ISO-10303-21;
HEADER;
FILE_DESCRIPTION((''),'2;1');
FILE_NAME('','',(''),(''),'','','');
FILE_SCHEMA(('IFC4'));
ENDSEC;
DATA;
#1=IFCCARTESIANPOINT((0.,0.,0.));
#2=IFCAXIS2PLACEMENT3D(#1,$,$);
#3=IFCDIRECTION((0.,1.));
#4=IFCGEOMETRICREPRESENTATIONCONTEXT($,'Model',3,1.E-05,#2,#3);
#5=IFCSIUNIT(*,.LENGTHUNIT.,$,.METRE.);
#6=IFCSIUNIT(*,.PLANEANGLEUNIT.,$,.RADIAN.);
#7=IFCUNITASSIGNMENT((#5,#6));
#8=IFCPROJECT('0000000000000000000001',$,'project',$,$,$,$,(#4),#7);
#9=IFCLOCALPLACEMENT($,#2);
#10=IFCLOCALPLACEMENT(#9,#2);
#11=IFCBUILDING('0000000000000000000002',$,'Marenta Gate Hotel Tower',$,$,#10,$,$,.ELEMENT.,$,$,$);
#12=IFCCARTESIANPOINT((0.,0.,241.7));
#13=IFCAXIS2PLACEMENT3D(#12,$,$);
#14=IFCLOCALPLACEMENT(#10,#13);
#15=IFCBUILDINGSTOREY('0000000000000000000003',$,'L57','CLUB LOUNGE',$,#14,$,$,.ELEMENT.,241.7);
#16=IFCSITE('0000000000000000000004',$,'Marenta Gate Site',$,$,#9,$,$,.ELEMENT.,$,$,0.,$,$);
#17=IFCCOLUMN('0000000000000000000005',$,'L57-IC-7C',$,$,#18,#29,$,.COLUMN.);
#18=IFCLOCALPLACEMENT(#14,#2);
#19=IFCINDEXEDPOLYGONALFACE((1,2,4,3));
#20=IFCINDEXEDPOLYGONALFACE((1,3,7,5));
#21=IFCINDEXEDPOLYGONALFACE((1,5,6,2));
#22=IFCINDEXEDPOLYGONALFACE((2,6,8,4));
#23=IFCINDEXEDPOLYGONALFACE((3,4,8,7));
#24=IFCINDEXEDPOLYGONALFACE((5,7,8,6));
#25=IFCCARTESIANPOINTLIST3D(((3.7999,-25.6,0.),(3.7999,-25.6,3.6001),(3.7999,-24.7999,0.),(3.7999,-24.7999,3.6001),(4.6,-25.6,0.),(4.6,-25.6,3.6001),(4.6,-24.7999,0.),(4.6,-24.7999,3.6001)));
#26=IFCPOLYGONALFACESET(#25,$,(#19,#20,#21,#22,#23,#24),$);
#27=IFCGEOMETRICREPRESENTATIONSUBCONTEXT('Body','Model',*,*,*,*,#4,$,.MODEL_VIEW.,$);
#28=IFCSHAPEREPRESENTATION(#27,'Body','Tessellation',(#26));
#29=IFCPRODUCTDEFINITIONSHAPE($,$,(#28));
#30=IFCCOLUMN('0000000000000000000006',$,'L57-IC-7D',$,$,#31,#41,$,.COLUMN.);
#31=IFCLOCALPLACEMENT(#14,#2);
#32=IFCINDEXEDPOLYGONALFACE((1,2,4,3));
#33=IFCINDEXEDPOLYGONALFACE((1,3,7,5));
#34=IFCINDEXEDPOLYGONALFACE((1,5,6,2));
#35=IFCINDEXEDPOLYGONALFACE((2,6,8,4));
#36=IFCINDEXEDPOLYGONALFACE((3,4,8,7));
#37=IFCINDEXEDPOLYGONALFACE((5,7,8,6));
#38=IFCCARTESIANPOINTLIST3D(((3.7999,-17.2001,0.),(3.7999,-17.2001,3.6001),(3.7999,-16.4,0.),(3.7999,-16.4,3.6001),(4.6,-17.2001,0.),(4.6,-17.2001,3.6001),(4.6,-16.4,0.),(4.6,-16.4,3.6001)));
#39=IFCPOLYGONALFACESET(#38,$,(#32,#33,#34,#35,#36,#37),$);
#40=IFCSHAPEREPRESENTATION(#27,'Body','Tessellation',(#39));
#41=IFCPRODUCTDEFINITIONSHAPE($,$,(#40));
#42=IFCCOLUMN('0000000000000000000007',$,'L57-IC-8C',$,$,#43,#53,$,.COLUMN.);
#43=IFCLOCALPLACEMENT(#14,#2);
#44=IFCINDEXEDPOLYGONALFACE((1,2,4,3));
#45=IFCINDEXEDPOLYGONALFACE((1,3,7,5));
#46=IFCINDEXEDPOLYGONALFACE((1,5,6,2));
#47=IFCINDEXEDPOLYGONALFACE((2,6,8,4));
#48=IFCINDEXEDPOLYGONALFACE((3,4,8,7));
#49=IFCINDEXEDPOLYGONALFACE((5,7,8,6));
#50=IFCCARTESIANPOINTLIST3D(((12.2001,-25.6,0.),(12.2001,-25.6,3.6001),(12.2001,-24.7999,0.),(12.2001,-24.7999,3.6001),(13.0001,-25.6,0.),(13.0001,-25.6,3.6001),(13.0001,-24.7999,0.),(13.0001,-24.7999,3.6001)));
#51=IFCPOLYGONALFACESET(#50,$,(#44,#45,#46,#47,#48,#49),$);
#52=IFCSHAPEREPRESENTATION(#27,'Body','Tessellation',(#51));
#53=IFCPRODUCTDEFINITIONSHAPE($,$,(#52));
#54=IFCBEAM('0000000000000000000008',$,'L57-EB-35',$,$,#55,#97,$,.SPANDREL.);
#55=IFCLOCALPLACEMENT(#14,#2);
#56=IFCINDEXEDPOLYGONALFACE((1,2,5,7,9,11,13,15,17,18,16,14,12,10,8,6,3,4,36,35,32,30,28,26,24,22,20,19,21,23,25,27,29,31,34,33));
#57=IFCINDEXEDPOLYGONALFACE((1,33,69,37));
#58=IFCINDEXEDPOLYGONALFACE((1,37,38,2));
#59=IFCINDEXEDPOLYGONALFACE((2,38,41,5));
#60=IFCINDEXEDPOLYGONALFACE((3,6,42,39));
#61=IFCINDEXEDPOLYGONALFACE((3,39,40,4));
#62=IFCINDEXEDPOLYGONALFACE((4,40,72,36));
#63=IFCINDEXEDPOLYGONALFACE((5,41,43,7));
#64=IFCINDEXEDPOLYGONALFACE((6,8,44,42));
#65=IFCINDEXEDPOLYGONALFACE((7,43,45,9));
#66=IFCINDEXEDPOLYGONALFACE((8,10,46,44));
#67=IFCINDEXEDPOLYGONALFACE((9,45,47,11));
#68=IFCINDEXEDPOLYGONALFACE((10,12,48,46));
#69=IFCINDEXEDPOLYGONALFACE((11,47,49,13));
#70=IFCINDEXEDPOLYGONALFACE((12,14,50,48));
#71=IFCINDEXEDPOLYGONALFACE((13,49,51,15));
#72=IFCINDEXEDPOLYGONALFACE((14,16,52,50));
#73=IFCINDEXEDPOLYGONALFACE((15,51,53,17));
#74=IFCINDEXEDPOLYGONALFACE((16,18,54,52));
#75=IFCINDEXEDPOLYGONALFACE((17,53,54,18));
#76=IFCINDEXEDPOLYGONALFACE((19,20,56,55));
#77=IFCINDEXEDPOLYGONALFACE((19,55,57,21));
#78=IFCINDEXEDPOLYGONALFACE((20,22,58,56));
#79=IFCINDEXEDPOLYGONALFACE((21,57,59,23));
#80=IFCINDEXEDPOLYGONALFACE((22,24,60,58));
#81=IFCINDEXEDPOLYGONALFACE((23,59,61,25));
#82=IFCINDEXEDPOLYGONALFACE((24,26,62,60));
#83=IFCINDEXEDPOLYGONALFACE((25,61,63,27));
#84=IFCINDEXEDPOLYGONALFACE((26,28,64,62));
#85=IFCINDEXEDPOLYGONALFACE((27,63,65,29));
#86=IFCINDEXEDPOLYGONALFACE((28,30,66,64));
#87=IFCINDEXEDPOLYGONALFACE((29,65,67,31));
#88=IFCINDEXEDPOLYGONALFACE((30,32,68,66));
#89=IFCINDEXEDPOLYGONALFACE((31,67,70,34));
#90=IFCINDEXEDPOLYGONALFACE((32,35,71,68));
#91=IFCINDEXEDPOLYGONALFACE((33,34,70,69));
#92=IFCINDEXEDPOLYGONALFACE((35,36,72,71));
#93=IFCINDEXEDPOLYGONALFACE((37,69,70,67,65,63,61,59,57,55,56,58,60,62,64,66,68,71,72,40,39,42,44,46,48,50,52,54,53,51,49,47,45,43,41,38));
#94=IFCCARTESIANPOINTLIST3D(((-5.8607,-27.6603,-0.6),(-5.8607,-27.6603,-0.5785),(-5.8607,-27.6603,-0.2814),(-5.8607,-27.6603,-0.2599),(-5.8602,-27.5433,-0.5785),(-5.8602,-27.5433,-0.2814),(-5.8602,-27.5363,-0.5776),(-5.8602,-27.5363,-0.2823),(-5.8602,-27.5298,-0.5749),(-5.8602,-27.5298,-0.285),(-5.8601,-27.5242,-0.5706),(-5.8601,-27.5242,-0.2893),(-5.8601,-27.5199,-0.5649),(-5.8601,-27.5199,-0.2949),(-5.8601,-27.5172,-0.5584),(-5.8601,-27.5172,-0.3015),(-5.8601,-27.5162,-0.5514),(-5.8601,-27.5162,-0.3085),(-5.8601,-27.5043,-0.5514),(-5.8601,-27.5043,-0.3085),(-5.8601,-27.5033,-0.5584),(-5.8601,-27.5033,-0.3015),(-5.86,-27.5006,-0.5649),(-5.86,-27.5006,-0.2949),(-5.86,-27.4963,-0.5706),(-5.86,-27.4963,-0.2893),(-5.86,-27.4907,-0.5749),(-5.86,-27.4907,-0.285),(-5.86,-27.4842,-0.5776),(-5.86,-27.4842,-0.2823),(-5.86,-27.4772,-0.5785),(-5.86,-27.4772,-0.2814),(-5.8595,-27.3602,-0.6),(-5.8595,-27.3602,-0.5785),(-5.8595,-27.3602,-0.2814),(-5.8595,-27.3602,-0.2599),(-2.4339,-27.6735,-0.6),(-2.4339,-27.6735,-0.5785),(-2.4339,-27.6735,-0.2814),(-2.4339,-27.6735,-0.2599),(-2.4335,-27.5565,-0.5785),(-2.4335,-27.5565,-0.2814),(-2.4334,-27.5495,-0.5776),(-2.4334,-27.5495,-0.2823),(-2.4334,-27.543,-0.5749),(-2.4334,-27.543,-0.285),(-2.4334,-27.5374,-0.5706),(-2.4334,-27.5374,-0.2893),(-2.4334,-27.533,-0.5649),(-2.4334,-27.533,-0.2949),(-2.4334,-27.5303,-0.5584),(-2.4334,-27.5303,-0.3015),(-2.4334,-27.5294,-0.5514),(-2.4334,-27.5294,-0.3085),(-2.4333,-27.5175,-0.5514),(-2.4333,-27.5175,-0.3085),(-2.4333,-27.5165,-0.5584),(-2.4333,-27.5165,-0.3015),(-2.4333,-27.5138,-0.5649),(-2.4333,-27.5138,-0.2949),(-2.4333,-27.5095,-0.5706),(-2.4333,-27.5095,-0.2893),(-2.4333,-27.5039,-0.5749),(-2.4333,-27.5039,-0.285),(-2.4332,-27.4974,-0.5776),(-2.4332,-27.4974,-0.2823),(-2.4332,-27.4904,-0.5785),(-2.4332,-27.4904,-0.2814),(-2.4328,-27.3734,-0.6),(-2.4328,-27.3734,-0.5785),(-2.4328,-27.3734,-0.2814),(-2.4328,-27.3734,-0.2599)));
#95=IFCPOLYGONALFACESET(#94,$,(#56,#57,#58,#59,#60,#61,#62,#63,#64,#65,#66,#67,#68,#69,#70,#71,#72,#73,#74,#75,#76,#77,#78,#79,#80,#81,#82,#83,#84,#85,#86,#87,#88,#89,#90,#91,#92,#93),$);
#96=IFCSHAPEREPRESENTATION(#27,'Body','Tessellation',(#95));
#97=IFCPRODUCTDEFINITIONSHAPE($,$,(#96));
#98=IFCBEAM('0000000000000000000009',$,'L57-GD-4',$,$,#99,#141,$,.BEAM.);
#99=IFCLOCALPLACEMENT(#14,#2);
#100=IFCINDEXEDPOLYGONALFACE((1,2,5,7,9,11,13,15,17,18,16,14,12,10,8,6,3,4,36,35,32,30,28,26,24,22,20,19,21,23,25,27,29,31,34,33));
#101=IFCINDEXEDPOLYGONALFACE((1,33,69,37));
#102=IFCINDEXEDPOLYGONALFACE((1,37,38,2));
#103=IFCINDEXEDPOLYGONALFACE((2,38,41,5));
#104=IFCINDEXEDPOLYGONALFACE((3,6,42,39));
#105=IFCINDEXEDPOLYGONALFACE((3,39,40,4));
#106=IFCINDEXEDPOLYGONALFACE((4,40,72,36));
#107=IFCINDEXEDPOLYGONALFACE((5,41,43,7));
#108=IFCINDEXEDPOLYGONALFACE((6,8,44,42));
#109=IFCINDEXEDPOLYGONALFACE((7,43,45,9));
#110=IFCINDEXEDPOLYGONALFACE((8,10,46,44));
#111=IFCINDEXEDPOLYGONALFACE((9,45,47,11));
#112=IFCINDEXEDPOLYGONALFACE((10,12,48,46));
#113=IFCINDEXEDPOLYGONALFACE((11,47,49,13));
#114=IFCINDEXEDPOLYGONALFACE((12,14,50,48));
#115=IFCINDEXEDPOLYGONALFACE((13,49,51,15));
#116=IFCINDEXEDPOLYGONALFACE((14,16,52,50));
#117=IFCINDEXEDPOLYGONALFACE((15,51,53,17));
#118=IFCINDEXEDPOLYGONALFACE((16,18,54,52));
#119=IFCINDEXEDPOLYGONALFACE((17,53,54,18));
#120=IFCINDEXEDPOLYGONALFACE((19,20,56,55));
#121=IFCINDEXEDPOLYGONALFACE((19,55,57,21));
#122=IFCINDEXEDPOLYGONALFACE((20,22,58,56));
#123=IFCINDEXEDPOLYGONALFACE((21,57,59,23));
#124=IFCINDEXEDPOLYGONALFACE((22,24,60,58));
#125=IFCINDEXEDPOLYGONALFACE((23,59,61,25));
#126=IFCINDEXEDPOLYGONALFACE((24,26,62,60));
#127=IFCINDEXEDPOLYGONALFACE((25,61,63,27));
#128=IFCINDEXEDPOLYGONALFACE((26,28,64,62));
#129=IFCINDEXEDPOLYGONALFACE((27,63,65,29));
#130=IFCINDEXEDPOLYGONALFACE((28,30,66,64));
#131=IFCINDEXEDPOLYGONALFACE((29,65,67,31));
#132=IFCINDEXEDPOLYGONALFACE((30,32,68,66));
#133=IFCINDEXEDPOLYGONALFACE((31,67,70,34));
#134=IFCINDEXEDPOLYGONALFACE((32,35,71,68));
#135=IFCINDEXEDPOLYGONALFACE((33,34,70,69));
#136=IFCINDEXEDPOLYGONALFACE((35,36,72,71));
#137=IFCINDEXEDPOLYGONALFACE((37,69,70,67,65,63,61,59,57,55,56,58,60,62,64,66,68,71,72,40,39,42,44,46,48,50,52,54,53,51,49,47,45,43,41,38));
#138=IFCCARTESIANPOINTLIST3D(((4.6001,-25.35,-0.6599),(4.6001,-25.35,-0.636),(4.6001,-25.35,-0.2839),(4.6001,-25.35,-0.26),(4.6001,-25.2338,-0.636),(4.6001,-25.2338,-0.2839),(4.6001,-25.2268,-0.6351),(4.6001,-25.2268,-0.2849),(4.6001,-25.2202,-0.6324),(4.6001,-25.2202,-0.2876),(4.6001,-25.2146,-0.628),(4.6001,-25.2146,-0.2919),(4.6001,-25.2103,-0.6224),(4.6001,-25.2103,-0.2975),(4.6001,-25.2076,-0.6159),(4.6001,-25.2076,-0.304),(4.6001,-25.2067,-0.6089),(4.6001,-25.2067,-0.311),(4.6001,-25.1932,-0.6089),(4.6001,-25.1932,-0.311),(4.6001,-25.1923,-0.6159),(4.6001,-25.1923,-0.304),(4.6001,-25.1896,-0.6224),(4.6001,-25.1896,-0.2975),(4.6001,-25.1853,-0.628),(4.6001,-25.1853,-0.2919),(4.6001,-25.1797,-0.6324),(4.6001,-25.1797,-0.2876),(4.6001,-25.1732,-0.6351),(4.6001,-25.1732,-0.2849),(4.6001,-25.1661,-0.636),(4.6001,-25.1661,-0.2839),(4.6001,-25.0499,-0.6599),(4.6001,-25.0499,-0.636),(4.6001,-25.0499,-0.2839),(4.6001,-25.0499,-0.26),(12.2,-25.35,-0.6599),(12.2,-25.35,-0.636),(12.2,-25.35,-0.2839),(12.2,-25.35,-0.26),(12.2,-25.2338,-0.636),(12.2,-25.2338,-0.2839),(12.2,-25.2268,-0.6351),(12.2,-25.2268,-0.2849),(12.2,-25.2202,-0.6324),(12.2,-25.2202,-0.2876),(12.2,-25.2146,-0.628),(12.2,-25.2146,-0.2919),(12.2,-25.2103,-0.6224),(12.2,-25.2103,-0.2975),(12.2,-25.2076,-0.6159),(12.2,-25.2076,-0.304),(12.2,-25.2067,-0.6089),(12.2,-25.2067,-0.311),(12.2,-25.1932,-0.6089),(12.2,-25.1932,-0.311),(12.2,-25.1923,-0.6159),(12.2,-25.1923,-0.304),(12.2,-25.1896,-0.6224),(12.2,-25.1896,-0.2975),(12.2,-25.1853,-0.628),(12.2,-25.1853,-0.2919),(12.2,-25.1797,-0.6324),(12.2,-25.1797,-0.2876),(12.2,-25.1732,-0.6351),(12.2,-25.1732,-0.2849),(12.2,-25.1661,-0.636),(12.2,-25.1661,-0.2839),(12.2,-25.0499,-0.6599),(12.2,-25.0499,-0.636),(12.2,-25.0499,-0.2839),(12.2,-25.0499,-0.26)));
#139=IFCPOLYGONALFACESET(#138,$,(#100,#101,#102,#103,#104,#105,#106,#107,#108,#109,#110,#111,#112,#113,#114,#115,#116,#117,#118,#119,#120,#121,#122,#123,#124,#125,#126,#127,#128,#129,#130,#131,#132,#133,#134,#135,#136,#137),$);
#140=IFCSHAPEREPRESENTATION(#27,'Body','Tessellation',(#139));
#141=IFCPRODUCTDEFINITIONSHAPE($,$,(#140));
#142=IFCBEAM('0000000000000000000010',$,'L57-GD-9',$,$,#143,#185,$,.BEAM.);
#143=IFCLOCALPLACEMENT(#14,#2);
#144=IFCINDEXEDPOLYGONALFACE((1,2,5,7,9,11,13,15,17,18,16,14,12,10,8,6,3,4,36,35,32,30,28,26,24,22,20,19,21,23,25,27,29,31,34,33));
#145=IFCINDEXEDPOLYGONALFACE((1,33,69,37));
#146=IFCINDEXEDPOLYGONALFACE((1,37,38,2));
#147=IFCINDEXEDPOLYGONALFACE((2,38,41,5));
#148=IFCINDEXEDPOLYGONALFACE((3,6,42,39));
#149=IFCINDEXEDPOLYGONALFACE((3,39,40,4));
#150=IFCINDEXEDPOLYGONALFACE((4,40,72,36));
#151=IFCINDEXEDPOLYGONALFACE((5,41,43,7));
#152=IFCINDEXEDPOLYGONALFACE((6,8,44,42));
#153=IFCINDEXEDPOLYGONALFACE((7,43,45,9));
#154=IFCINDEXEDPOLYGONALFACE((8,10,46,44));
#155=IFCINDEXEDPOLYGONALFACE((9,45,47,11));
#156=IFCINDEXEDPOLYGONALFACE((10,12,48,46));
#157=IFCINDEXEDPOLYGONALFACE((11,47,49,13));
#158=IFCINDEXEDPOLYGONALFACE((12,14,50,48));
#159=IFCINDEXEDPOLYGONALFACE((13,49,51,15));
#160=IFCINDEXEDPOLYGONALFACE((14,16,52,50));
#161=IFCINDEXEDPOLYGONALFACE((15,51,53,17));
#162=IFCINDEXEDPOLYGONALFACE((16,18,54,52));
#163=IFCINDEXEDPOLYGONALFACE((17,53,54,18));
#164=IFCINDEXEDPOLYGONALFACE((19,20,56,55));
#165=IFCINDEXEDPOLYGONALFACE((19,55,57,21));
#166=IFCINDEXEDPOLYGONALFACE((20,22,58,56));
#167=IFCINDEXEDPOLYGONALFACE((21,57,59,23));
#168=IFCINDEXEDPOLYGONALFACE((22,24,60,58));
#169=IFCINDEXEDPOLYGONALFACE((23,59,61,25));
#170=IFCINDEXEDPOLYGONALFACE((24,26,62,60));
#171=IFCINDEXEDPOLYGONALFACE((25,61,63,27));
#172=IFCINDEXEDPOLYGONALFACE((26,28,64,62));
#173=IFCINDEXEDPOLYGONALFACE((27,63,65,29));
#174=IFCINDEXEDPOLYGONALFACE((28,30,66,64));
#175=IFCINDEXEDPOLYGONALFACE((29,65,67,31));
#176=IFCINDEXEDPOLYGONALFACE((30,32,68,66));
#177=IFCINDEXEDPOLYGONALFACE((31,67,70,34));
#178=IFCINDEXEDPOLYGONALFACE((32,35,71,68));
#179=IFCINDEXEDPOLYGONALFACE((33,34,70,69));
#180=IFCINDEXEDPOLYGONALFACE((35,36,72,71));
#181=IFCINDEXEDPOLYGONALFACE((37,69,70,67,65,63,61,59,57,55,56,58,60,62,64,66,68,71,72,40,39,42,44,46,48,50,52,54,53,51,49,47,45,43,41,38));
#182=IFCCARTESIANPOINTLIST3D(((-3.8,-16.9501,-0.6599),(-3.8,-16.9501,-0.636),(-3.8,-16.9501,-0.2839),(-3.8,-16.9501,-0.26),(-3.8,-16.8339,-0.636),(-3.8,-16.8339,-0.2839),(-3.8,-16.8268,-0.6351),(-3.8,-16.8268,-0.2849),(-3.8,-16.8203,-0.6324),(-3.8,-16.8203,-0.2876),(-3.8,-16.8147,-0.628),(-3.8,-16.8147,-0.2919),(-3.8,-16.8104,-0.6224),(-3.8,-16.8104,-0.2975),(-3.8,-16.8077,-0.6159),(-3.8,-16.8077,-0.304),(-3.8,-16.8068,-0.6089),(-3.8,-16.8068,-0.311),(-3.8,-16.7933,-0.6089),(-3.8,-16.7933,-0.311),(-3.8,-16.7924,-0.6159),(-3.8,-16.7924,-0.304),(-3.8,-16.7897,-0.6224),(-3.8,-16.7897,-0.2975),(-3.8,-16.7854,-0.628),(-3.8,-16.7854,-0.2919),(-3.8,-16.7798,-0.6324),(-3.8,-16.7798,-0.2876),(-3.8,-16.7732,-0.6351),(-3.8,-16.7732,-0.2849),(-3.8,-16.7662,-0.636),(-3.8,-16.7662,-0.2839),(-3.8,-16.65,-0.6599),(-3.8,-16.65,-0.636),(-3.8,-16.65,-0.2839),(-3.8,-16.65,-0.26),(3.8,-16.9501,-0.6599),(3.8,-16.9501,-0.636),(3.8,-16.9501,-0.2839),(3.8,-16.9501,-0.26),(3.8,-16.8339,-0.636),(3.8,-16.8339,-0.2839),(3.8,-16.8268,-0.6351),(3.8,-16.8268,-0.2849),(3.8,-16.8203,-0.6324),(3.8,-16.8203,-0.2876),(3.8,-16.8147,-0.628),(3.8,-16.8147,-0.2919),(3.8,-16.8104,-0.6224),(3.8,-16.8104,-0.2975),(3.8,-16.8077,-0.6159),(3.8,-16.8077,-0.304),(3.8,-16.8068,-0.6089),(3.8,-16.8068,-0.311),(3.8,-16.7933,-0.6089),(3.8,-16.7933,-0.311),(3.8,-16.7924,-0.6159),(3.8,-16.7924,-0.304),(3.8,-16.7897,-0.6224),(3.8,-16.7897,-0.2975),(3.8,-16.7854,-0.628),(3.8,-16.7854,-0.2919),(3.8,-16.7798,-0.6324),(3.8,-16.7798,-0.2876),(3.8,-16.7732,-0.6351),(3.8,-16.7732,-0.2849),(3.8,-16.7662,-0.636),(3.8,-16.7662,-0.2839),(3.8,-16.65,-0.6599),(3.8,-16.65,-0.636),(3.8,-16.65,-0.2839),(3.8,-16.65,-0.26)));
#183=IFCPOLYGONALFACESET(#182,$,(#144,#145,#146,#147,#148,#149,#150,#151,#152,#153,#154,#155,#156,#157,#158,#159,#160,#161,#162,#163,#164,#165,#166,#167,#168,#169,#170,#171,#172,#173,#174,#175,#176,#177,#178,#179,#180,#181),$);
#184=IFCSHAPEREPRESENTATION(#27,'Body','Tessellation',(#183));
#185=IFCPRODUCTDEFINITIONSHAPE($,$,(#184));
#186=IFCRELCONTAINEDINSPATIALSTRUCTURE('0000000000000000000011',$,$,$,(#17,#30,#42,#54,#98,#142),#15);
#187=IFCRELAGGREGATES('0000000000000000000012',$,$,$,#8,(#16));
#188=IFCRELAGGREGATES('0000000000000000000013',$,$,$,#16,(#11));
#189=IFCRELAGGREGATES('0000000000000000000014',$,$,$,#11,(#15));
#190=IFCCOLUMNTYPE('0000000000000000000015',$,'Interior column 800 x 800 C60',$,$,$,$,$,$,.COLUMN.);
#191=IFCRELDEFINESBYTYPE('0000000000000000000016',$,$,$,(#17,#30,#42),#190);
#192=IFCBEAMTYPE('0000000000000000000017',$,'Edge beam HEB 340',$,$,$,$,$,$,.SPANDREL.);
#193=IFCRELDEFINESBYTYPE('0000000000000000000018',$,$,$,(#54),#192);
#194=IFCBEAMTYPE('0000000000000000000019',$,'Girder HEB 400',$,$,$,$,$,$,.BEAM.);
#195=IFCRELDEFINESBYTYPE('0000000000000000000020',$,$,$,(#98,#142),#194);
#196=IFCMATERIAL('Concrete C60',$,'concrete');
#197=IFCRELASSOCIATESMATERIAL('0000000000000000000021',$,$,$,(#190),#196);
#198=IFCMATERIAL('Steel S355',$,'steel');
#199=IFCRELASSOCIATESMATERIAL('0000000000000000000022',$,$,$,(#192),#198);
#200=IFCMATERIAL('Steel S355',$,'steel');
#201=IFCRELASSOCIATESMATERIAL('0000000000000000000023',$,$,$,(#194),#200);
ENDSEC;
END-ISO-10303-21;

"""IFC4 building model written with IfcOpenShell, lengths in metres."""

from ifc_helpers import new_model, si_unit, direction, frame, origin, origin_2d, place, context, subcontext, project, spatial, rectangle, i_section, extrude, material, material_profile, profile_set, type_object, element, save


model = new_model("IFC4")

# Units and contexts
model_context = context("Model", 3, precision=1e-05, world=origin(), true_north=direction((0.0, 1.0)))
body_context = subcontext(model_context, "Body", "Model", "MODEL_VIEW")
ifc_project = project(units=[si_unit("LENGTHUNIT", "METRE"), si_unit("PLANEANGLEUNIT", "RADIAN")], contexts=[model_context])

# Site, building, storey
site_placement = place(None, origin())
site = spatial("IfcSite", under=ifc_project, at=site_placement, Name="Marenta Gate Site", CompositionType="ELEMENT", RefElevation=0.0)
building_placement = place(site_placement, origin())
building = spatial("IfcBuilding", under=site, at=building_placement, Name="Marenta Gate Hotel Tower", CompositionType="ELEMENT")
storey_placement = place(building_placement, frame((0.0, 0.0, 241.7)))
storey = spatial("IfcBuildingStorey", under=building, at=storey_placement, Name="L57", Description="CLUB LOUNGE", CompositionType="ELEMENT", Elevation=241.7)

# Columns
ifc_material_1 = material(Name="Concrete C60", Category="concrete")
ifc_material_profile_1 = material_profile(ifc_material_1, rectangle(XDim=0.8, YDim=0.8, at=origin_2d()), Name="800 x 800")
ifc_profile_set_1 = profile_set([ifc_material_profile_1], Name="Concrete C60")
column_type = type_object("IfcColumnType", Name="Interior column 800 x 800 C60", PredefinedType="COLUMN", material=ifc_profile_set_1)
for number, where, z_axis, x_axis, name in (
    (1, (4.2, -25.2, 0.0), (0.0, 0.0, 1.0), (1.0, 0.0, 0.0), "L57-IC-7C"),
    (2, (4.2, -16.8, 0.0), (0.0, 0.0, 1.0), (1.0, 0.0, 0.0), "L57-IC-7D"),
    (3, (12.6001, -25.2, 0.0), (0.0, 0.0, 1.0), (1.0, 0.0, 0.0), "L57-IC-8C"),
):
    element("IfcColumn", number, at=place(storey_placement, frame(where, z_axis=z_axis, x_axis=x_axis)), inside=storey, type_object=column_type, Name=name, PredefinedType="COLUMN", context=body_context, shape_type="SweptSolid", body=[
        extrude(rectangle(XDim=0.8, YDim=0.8, at=origin_2d()), origin(), (0.0, 0.0, 1.0), 3.6001),
    ])

# Beams
ifc_material_2 = material(Name="Steel S355", Category="steel")
ifc_material_profile_2 = material_profile(ifc_material_2, i_section(OverallWidth=0.3, OverallDepth=0.3401, WebThickness=0.012, FlangeThickness=0.0215, FilletRadius=0.0271, at=origin_2d()), Name="HEB 340")
ifc_profile_set_2 = profile_set([ifc_material_profile_2], Name="Steel S355")
beam_type_1 = type_object("IfcBeamType", Name="Edge beam HEB 340", PredefinedType="SPANDREL", material=ifc_profile_set_2)
beam_1_placement = place(storey_placement, frame((-2.4333, -27.5234, -0.4299), z_axis=(-0.999993, 0.003847, 0.0), x_axis=(-0.003847, -0.999993, 0.0)))
element("IfcBeam", 4, at=beam_1_placement, inside=storey, type_object=beam_type_1, Name="L57-EB-35", PredefinedType="SPANDREL", context=body_context, shape_type="SweptSolid", body=[
    extrude(i_section(OverallWidth=0.3, OverallDepth=0.3401, WebThickness=0.012, FlangeThickness=0.0215, FilletRadius=0.0271, at=origin_2d()), origin(), (0.0, 0.0, 1.0), 3.4268),
])
ifc_material_3 = material(Name="Steel S355", Category="steel")
ifc_material_profile_3 = material_profile(ifc_material_3, i_section(OverallWidth=0.3, OverallDepth=0.3999, WebThickness=0.0134, FlangeThickness=0.0239, FilletRadius=0.0271, at=origin_2d()), Name="HEB 400")
ifc_profile_set_3 = profile_set([ifc_material_profile_3], Name="Steel S355")
beam_type_2 = type_object("IfcBeamType", Name="Girder HEB 400", PredefinedType="BEAM", material=ifc_profile_set_3)
beam_2_placement = place(storey_placement, frame((4.6001, -25.2, -0.46), z_axis=(1.0, 0.0, 0.0), x_axis=(0.0, 1.0, 0.0)))
element("IfcBeam", 5, at=beam_2_placement, inside=storey, type_object=beam_type_2, Name="L57-GD-4", PredefinedType="BEAM", context=body_context, shape_type="SweptSolid", body=[
    extrude(i_section(OverallWidth=0.3, OverallDepth=0.3999, WebThickness=0.0134, FlangeThickness=0.0239, FilletRadius=0.0271, at=origin_2d()), origin(), (0.0, 0.0, 1.0), 7.5999),
])
beam_3_placement = place(storey_placement, frame((-3.8, -16.8, -0.46), z_axis=(1.0, 0.0, 0.0), x_axis=(0.0, 1.0, 0.0)))
element("IfcBeam", 6, at=beam_3_placement, inside=storey, type_object=beam_type_2, Name="L57-GD-9", PredefinedType="BEAM", context=body_context, shape_type="SweptSolid", body=[
    extrude(i_section(OverallWidth=0.3, OverallDepth=0.3999, WebThickness=0.0134, FlangeThickness=0.0239, FilletRadius=0.0271, at=origin_2d()), origin(), (0.0, 0.0, 1.0), 7.6001),
])

save(model, "model.ifc")
